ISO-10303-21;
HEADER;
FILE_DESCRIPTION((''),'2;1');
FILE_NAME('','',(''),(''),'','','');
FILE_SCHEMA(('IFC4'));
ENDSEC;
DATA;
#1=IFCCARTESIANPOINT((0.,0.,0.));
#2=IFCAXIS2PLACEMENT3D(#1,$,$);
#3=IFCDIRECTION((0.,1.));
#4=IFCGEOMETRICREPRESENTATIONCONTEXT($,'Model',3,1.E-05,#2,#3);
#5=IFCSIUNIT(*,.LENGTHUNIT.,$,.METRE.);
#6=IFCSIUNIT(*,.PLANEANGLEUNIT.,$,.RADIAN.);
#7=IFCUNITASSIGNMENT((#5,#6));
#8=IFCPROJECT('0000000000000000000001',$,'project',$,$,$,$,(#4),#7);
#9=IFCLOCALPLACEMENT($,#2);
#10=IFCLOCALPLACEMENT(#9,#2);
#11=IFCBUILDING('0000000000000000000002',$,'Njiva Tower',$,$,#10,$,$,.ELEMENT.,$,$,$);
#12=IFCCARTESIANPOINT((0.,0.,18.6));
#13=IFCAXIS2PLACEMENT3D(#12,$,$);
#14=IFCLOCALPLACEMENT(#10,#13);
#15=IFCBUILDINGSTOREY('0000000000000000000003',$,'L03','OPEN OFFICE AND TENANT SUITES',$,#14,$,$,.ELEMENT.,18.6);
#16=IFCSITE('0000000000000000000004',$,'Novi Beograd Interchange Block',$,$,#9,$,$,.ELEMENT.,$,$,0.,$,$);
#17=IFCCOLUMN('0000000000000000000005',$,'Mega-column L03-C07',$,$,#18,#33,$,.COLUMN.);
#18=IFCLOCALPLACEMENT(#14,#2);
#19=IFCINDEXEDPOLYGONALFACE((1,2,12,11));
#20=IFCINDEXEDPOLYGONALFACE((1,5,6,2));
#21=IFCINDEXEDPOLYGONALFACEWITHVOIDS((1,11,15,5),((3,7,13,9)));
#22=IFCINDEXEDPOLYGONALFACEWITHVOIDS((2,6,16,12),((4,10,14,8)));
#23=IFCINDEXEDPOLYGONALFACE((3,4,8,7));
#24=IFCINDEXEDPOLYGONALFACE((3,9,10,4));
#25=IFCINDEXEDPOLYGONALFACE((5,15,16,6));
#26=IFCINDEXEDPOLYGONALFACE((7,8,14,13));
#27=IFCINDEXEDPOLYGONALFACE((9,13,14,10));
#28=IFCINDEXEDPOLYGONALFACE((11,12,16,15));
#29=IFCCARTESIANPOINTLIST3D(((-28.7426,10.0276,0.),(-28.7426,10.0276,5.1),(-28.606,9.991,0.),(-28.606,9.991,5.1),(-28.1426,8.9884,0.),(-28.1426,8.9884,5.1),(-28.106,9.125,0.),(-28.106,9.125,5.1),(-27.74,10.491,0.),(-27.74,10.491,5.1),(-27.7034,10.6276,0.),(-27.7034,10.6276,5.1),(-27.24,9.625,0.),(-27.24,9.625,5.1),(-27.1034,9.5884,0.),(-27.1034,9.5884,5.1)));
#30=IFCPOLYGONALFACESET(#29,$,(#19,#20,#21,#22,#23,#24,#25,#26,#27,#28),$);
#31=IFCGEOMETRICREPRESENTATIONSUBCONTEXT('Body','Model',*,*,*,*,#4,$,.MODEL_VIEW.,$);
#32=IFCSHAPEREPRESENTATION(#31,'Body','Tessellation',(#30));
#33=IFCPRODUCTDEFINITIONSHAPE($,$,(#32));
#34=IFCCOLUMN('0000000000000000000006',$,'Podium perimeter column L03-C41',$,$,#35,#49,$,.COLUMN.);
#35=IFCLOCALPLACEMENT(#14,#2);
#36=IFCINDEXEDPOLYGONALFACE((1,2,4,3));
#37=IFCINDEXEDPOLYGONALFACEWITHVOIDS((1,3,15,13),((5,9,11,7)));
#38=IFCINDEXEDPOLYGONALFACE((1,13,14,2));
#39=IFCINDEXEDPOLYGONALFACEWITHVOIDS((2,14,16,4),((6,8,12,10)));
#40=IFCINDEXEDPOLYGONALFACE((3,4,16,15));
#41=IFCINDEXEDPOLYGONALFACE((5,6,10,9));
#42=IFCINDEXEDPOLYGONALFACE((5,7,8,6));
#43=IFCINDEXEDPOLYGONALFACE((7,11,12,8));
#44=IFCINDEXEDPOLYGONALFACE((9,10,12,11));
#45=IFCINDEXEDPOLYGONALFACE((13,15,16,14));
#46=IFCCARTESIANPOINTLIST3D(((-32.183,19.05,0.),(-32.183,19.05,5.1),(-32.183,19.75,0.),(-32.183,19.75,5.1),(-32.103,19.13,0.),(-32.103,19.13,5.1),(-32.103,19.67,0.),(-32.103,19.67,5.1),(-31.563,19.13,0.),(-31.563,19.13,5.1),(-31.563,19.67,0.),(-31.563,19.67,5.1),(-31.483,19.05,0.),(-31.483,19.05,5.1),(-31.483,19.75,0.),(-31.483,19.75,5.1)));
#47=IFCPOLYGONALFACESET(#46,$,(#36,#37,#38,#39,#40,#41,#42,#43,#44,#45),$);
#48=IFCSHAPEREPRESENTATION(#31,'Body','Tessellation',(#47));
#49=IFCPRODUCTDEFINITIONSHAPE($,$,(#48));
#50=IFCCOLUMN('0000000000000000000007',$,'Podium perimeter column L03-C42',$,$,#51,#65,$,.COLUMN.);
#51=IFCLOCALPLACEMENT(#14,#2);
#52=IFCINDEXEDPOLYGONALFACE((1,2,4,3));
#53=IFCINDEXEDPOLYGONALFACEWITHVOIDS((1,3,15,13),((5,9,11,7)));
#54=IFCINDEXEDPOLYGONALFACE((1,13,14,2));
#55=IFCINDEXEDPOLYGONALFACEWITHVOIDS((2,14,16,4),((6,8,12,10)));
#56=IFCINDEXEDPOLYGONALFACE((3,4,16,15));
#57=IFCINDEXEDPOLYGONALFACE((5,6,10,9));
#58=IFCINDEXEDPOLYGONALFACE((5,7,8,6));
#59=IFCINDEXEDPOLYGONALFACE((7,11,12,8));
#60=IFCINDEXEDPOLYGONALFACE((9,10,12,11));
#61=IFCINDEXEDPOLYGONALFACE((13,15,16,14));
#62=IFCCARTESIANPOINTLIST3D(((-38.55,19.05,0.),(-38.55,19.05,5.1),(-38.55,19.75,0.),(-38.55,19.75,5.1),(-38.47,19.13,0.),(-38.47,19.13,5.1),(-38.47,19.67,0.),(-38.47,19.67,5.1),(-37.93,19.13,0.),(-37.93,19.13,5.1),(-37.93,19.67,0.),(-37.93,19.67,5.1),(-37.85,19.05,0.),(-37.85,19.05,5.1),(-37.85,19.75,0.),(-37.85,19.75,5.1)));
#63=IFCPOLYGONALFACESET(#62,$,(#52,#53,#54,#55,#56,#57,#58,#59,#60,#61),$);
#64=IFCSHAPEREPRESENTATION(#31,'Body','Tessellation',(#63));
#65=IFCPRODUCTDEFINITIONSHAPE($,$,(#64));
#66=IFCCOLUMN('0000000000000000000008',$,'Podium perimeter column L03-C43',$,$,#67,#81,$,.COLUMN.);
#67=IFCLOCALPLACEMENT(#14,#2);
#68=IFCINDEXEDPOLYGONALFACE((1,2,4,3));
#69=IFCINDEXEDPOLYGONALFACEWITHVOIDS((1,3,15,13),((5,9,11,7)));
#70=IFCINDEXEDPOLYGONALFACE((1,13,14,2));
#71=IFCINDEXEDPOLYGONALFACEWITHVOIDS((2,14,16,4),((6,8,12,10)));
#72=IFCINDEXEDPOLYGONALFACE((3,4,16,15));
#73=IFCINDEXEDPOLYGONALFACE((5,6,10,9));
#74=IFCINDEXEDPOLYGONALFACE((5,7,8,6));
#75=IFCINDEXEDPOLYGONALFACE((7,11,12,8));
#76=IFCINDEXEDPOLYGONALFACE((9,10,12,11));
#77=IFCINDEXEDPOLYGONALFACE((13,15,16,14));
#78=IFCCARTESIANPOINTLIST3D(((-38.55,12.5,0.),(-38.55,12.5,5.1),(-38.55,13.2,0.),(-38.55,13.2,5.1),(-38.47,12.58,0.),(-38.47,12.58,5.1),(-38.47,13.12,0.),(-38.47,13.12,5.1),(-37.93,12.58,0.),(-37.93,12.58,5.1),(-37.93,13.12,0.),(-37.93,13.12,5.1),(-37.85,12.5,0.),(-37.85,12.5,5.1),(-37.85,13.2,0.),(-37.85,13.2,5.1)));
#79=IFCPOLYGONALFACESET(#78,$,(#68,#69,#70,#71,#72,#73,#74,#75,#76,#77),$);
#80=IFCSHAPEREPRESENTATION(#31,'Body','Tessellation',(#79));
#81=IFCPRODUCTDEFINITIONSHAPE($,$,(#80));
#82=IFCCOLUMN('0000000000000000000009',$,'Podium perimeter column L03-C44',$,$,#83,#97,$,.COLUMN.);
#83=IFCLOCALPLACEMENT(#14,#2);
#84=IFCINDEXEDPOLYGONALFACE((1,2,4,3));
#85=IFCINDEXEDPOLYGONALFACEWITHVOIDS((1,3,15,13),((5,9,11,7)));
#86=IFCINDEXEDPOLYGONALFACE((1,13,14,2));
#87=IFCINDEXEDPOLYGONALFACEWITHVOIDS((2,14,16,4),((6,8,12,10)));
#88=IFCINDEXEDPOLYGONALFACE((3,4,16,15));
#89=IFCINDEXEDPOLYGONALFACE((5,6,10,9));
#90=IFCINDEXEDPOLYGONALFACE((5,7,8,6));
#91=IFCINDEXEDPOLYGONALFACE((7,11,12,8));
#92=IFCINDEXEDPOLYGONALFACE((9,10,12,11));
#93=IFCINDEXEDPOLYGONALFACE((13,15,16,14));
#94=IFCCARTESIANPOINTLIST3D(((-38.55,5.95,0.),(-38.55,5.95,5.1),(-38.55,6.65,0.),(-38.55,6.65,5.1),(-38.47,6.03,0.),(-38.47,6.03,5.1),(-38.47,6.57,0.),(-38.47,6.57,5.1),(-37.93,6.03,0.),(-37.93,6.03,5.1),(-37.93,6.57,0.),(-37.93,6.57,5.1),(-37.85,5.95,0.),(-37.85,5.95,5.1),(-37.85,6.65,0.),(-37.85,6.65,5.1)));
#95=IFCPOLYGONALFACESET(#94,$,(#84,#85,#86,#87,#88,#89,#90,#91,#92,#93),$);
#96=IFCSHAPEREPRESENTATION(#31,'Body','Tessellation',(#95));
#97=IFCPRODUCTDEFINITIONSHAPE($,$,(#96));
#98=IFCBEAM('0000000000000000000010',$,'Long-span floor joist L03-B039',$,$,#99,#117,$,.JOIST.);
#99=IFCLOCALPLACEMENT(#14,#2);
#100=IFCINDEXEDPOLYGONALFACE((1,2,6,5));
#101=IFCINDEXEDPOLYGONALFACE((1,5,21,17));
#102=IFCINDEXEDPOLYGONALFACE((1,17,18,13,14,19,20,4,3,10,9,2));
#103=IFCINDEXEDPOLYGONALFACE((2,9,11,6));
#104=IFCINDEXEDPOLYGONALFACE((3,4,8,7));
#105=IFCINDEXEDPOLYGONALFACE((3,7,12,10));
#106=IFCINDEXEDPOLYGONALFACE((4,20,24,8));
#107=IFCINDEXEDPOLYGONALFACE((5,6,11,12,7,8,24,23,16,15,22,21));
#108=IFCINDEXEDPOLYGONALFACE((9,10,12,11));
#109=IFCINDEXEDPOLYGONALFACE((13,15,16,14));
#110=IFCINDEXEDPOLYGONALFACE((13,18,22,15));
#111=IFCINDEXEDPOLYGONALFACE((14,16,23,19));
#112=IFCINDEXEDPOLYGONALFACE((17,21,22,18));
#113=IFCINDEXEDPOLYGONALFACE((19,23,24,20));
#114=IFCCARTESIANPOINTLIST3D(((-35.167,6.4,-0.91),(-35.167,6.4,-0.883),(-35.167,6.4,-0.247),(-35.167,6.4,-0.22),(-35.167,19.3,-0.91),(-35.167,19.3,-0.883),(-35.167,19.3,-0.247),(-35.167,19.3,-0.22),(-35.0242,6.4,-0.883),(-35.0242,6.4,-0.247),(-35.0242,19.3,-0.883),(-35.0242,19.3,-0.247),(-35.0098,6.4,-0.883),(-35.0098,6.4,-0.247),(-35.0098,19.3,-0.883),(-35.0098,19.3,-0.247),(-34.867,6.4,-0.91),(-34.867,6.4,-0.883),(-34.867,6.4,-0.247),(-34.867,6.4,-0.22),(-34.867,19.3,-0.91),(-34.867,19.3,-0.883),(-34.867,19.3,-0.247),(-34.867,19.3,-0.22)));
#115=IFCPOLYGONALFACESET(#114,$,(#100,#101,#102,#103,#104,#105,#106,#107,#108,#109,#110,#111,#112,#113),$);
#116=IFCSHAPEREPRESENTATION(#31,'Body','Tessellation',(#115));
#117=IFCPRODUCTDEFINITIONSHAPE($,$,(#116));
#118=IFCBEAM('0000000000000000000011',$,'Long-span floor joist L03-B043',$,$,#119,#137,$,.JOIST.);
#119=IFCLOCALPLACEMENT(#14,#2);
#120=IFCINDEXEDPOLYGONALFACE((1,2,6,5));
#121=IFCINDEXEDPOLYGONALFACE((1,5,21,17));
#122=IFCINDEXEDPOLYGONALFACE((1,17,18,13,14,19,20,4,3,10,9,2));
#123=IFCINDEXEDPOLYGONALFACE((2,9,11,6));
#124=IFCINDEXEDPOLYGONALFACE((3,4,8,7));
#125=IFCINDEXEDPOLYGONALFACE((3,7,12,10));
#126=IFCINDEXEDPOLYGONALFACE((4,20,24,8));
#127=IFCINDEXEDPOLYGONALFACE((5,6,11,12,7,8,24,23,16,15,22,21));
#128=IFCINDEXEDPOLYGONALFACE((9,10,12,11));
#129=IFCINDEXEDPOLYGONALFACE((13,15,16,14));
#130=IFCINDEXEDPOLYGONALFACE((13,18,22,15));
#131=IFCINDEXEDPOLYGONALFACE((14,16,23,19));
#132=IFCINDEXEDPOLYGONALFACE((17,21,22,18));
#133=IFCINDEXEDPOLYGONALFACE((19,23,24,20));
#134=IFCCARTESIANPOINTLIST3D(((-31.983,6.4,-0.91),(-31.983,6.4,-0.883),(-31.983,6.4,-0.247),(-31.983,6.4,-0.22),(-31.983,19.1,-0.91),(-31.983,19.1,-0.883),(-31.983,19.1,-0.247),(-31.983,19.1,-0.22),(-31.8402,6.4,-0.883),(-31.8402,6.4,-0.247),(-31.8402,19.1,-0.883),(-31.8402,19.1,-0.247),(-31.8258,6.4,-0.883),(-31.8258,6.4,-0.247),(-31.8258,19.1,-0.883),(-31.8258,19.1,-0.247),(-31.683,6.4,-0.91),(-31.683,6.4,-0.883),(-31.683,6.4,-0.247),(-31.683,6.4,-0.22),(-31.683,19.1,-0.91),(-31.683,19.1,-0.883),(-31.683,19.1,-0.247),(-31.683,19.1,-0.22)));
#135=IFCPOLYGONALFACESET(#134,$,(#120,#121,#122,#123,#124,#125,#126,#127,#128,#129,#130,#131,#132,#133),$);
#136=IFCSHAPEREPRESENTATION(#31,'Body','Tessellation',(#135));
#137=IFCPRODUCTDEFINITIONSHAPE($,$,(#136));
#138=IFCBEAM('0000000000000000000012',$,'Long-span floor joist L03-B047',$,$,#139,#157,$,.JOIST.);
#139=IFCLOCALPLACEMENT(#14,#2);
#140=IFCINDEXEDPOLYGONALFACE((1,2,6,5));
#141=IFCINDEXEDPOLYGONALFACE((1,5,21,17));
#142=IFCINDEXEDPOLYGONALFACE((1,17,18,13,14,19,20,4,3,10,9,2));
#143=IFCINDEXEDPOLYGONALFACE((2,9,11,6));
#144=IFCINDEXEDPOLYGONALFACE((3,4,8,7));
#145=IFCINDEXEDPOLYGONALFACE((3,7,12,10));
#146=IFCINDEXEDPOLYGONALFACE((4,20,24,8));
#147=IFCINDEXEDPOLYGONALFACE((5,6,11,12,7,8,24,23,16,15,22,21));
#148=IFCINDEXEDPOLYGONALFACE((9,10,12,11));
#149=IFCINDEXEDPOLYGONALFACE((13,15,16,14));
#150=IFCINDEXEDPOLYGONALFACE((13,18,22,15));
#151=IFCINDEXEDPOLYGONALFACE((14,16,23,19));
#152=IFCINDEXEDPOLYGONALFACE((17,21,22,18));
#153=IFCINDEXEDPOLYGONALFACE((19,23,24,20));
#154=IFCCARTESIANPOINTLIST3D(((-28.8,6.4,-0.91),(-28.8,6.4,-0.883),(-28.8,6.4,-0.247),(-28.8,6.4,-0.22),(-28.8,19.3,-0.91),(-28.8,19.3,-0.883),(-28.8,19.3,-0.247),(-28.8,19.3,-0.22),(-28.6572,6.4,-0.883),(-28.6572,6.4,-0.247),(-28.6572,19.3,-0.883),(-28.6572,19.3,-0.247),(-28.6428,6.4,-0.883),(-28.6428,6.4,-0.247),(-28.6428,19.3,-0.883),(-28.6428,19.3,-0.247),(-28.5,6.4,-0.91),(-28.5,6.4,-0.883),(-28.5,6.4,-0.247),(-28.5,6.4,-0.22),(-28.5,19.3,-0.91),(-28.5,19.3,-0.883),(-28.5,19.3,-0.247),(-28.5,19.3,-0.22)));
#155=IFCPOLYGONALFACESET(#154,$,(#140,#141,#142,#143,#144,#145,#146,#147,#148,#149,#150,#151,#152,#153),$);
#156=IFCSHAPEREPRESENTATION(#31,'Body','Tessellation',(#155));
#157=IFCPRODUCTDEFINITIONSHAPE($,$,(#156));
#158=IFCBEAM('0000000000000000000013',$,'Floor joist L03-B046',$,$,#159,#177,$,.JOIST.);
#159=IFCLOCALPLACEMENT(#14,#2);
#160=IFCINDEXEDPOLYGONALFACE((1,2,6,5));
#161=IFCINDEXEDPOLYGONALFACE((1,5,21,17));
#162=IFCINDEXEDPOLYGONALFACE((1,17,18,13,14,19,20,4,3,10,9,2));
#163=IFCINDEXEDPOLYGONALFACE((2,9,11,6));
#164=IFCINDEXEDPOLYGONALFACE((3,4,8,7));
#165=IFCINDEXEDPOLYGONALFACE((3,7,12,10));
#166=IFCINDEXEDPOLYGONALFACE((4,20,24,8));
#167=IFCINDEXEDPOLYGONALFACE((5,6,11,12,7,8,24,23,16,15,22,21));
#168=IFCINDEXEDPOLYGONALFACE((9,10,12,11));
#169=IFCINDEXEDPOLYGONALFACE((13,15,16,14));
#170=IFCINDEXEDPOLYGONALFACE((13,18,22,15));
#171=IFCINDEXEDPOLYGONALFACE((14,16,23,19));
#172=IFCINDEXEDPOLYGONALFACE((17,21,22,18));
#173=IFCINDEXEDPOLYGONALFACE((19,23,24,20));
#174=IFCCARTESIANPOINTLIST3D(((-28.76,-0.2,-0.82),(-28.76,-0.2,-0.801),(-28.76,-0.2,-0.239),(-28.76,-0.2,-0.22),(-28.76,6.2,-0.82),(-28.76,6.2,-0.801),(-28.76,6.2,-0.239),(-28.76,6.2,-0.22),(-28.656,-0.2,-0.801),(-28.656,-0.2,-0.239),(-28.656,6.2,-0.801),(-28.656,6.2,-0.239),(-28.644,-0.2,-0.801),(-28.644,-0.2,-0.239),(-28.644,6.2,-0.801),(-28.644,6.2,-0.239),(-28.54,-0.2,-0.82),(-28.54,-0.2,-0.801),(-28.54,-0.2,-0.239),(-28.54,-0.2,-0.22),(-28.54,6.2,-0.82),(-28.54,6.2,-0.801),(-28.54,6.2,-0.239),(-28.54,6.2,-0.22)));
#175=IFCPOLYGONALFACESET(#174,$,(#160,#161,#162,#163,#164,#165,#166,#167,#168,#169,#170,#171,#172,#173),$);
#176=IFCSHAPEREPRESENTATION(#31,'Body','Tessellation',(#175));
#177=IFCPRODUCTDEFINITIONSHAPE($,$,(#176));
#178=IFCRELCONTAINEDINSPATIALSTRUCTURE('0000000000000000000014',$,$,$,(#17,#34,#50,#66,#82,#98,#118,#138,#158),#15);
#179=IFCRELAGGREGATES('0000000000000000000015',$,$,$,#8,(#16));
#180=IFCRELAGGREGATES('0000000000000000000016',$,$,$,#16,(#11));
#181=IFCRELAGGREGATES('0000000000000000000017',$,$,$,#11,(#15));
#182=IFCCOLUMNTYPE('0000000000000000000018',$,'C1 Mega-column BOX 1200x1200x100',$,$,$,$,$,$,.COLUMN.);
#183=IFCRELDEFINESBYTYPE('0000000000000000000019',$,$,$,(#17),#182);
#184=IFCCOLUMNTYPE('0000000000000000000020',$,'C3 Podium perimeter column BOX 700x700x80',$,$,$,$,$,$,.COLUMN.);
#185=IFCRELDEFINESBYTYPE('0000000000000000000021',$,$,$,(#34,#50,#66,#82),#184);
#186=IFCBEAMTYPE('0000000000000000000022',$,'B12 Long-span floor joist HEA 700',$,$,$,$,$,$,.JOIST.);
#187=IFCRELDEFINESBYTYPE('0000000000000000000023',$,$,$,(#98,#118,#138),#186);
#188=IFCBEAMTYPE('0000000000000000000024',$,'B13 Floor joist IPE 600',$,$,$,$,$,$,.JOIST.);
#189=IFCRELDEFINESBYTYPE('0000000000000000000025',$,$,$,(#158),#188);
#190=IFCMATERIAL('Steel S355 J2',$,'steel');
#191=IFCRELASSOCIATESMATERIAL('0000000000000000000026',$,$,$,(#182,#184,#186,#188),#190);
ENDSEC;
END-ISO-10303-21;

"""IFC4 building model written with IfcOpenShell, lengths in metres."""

from ifc_helpers import new_model, si_unit, direction, frame, origin, origin_2d, place, context, subcontext, project, spatial, hollow_rectangle, i_section, extrude, material, material_profile, profile_set, type_object, element, save


model = new_model("IFC4")

# Units and contexts
model_context = context("Model", 3, precision=1e-05, world=origin(), true_north=direction((0.0, 1.0)))
body_context = subcontext(model_context, "Body", "Model", "MODEL_VIEW")
ifc_project = project(units=[si_unit("LENGTHUNIT", "METRE"), si_unit("PLANEANGLEUNIT", "RADIAN")], contexts=[model_context])

# Site, building, storey
site_placement = place(None, origin())
site = spatial("IfcSite", under=ifc_project, at=site_placement, Name="Novi Beograd Interchange Block", CompositionType="ELEMENT", RefElevation=0.0)
building_placement = place(site_placement, origin())
building = spatial("IfcBuilding", under=site, at=building_placement, Name="Njiva Tower", CompositionType="ELEMENT")
storey_placement = place(building_placement, frame((0.0, 0.0, 18.6)))
storey = spatial("IfcBuildingStorey", under=building, at=storey_placement, Name="L03", Description="OPEN OFFICE AND TENANT SUITES", CompositionType="ELEMENT", Elevation=18.6)

# Columns
ifc_material_1 = material(Name="Steel S355 J2", Category="steel")
ifc_material_profile_1 = material_profile(ifc_material_1, hollow_rectangle(XDim=1.2, YDim=1.2, WallThickness=0.1, at=origin_2d()), Name="BOX 1200x1200x100")
ifc_profile_set_1 = profile_set([ifc_material_profile_1], Name="Steel S355 J2")
column_type_1 = type_object("IfcColumnType", Name="C1 Mega-column BOX 1200x1200x100", PredefinedType="COLUMN", material=ifc_profile_set_1)
column_placement = place(storey_placement, frame((-27.923, 9.808, 0.0), z_axis=(0.0, 0.0, 1.0), x_axis=(0.5, -0.866025, 0.0)))
element("IfcColumn", 1, at=column_placement, inside=storey, type_object=column_type_1, Name="Mega-column L03-C07", PredefinedType="COLUMN", context=body_context, shape_type="SweptSolid", body=[
    extrude(hollow_rectangle(XDim=1.2, YDim=1.2, WallThickness=0.1, at=origin_2d()), origin(), (0.0, 0.0, 1.0), 5.1),
])
ifc_material_profile_2 = material_profile(ifc_material_1, hollow_rectangle(XDim=0.7, YDim=0.7, WallThickness=0.08, at=origin_2d()), Name="BOX 700x700x80")
ifc_profile_set_2 = profile_set([ifc_material_profile_2], Name="Steel S355 J2")
column_type_2 = type_object("IfcColumnType", Name="C3 Podium perimeter column BOX 700x700x80", PredefinedType="COLUMN", material=ifc_profile_set_2)
for number, where, z_axis, x_axis, name in (
    (2, (-31.833, 19.4, 0.0), (0.0, 0.0, 1.0), (-1.0, 0.0, 0.0), "Podium perimeter column L03-C41"),
    (3, (-38.2, 19.4, 0.0), (0.0, 0.0, 1.0), (0.0, -1.0, 0.0), "Podium perimeter column L03-C42"),
    (4, (-38.2, 12.85, 0.0), (0.0, 0.0, 1.0), (0.0, -1.0, 0.0), "Podium perimeter column L03-C43"),
    (5, (-38.2, 6.3, 0.0), (0.0, 0.0, 1.0), (0.0, -1.0, 0.0), "Podium perimeter column L03-C44"),
):
    element("IfcColumn", number, at=place(storey_placement, frame(where, z_axis=z_axis, x_axis=x_axis)), inside=storey, type_object=column_type_2, Name=name, PredefinedType="COLUMN", context=body_context, shape_type="SweptSolid", body=[
        extrude(hollow_rectangle(XDim=0.7, YDim=0.7, WallThickness=0.08, at=origin_2d()), origin(), (0.0, 0.0, 1.0), 5.1),
    ])

# Beams
ifc_material_profile_3 = material_profile(ifc_material_1, i_section(OverallWidth=0.3, OverallDepth=0.69, WebThickness=0.0145, FlangeThickness=0.027, at=origin_2d()), Name="HEA 700")
ifc_profile_set_3 = profile_set([ifc_material_profile_3], Name="Steel S355 J2")
beam_type_1 = type_object("IfcBeamType", Name="B12 Long-span floor joist HEA 700", PredefinedType="JOIST", material=ifc_profile_set_3)
beam_1_placement = place(storey_placement, frame((-35.017, 19.3, -0.565), z_axis=(0.0, -1.0, 0.0), x_axis=(1.0, 0.0, 0.0)))
element("IfcBeam", 6, at=beam_1_placement, inside=storey, type_object=beam_type_1, Name="Long-span floor joist L03-B039", PredefinedType="JOIST", context=body_context, shape_type="SweptSolid", body=[
    extrude(i_section(OverallWidth=0.3, OverallDepth=0.69, WebThickness=0.0145, FlangeThickness=0.027, at=origin_2d()), origin(), (0.0, 0.0, 1.0), 12.9),
])
beam_2_placement = place(storey_placement, frame((-31.833, 19.1, -0.565), z_axis=(0.0, -1.0, 0.0), x_axis=(1.0, 0.0, 0.0)))
element("IfcBeam", 7, at=beam_2_placement, inside=storey, type_object=beam_type_1, Name="Long-span floor joist L03-B043", PredefinedType="JOIST", context=body_context, shape_type="SweptSolid", body=[
    extrude(i_section(OverallWidth=0.3, OverallDepth=0.69, WebThickness=0.0145, FlangeThickness=0.027, at=origin_2d()), origin(), (0.0, 0.0, 1.0), 12.7),
])
beam_3_placement = place(storey_placement, frame((-28.65, 19.3, -0.565), z_axis=(0.0, -1.0, 0.0), x_axis=(1.0, 0.0, 0.0)))
element("IfcBeam", 8, at=beam_3_placement, inside=storey, type_object=beam_type_1, Name="Long-span floor joist L03-B047", PredefinedType="JOIST", context=body_context, shape_type="SweptSolid", body=[
    extrude(i_section(OverallWidth=0.3, OverallDepth=0.69, WebThickness=0.0145, FlangeThickness=0.027, at=origin_2d()), origin(), (0.0, 0.0, 1.0), 12.9),
])
ifc_material_profile_4 = material_profile(ifc_material_1, i_section(OverallWidth=0.22, OverallDepth=0.6, WebThickness=0.012, FlangeThickness=0.019, at=origin_2d()), Name="IPE 600")
ifc_profile_set_4 = profile_set([ifc_material_profile_4], Name="Steel S355 J2")
beam_type_2 = type_object("IfcBeamType", Name="B13 Floor joist IPE 600", PredefinedType="JOIST", material=ifc_profile_set_4)
beam_4_placement = place(storey_placement, frame((-28.65, 6.2, -0.52), z_axis=(0.0, -1.0, 0.0), x_axis=(1.0, 0.0, 0.0)))
element("IfcBeam", 9, at=beam_4_placement, inside=storey, type_object=beam_type_2, Name="Floor joist L03-B046", PredefinedType="JOIST", context=body_context, shape_type="SweptSolid", body=[
    extrude(i_section(OverallWidth=0.22, OverallDepth=0.6, WebThickness=0.012, FlangeThickness=0.019, at=origin_2d()), origin(), (0.0, 0.0, 1.0), 6.4),
])

save(model, "model.ifc")
